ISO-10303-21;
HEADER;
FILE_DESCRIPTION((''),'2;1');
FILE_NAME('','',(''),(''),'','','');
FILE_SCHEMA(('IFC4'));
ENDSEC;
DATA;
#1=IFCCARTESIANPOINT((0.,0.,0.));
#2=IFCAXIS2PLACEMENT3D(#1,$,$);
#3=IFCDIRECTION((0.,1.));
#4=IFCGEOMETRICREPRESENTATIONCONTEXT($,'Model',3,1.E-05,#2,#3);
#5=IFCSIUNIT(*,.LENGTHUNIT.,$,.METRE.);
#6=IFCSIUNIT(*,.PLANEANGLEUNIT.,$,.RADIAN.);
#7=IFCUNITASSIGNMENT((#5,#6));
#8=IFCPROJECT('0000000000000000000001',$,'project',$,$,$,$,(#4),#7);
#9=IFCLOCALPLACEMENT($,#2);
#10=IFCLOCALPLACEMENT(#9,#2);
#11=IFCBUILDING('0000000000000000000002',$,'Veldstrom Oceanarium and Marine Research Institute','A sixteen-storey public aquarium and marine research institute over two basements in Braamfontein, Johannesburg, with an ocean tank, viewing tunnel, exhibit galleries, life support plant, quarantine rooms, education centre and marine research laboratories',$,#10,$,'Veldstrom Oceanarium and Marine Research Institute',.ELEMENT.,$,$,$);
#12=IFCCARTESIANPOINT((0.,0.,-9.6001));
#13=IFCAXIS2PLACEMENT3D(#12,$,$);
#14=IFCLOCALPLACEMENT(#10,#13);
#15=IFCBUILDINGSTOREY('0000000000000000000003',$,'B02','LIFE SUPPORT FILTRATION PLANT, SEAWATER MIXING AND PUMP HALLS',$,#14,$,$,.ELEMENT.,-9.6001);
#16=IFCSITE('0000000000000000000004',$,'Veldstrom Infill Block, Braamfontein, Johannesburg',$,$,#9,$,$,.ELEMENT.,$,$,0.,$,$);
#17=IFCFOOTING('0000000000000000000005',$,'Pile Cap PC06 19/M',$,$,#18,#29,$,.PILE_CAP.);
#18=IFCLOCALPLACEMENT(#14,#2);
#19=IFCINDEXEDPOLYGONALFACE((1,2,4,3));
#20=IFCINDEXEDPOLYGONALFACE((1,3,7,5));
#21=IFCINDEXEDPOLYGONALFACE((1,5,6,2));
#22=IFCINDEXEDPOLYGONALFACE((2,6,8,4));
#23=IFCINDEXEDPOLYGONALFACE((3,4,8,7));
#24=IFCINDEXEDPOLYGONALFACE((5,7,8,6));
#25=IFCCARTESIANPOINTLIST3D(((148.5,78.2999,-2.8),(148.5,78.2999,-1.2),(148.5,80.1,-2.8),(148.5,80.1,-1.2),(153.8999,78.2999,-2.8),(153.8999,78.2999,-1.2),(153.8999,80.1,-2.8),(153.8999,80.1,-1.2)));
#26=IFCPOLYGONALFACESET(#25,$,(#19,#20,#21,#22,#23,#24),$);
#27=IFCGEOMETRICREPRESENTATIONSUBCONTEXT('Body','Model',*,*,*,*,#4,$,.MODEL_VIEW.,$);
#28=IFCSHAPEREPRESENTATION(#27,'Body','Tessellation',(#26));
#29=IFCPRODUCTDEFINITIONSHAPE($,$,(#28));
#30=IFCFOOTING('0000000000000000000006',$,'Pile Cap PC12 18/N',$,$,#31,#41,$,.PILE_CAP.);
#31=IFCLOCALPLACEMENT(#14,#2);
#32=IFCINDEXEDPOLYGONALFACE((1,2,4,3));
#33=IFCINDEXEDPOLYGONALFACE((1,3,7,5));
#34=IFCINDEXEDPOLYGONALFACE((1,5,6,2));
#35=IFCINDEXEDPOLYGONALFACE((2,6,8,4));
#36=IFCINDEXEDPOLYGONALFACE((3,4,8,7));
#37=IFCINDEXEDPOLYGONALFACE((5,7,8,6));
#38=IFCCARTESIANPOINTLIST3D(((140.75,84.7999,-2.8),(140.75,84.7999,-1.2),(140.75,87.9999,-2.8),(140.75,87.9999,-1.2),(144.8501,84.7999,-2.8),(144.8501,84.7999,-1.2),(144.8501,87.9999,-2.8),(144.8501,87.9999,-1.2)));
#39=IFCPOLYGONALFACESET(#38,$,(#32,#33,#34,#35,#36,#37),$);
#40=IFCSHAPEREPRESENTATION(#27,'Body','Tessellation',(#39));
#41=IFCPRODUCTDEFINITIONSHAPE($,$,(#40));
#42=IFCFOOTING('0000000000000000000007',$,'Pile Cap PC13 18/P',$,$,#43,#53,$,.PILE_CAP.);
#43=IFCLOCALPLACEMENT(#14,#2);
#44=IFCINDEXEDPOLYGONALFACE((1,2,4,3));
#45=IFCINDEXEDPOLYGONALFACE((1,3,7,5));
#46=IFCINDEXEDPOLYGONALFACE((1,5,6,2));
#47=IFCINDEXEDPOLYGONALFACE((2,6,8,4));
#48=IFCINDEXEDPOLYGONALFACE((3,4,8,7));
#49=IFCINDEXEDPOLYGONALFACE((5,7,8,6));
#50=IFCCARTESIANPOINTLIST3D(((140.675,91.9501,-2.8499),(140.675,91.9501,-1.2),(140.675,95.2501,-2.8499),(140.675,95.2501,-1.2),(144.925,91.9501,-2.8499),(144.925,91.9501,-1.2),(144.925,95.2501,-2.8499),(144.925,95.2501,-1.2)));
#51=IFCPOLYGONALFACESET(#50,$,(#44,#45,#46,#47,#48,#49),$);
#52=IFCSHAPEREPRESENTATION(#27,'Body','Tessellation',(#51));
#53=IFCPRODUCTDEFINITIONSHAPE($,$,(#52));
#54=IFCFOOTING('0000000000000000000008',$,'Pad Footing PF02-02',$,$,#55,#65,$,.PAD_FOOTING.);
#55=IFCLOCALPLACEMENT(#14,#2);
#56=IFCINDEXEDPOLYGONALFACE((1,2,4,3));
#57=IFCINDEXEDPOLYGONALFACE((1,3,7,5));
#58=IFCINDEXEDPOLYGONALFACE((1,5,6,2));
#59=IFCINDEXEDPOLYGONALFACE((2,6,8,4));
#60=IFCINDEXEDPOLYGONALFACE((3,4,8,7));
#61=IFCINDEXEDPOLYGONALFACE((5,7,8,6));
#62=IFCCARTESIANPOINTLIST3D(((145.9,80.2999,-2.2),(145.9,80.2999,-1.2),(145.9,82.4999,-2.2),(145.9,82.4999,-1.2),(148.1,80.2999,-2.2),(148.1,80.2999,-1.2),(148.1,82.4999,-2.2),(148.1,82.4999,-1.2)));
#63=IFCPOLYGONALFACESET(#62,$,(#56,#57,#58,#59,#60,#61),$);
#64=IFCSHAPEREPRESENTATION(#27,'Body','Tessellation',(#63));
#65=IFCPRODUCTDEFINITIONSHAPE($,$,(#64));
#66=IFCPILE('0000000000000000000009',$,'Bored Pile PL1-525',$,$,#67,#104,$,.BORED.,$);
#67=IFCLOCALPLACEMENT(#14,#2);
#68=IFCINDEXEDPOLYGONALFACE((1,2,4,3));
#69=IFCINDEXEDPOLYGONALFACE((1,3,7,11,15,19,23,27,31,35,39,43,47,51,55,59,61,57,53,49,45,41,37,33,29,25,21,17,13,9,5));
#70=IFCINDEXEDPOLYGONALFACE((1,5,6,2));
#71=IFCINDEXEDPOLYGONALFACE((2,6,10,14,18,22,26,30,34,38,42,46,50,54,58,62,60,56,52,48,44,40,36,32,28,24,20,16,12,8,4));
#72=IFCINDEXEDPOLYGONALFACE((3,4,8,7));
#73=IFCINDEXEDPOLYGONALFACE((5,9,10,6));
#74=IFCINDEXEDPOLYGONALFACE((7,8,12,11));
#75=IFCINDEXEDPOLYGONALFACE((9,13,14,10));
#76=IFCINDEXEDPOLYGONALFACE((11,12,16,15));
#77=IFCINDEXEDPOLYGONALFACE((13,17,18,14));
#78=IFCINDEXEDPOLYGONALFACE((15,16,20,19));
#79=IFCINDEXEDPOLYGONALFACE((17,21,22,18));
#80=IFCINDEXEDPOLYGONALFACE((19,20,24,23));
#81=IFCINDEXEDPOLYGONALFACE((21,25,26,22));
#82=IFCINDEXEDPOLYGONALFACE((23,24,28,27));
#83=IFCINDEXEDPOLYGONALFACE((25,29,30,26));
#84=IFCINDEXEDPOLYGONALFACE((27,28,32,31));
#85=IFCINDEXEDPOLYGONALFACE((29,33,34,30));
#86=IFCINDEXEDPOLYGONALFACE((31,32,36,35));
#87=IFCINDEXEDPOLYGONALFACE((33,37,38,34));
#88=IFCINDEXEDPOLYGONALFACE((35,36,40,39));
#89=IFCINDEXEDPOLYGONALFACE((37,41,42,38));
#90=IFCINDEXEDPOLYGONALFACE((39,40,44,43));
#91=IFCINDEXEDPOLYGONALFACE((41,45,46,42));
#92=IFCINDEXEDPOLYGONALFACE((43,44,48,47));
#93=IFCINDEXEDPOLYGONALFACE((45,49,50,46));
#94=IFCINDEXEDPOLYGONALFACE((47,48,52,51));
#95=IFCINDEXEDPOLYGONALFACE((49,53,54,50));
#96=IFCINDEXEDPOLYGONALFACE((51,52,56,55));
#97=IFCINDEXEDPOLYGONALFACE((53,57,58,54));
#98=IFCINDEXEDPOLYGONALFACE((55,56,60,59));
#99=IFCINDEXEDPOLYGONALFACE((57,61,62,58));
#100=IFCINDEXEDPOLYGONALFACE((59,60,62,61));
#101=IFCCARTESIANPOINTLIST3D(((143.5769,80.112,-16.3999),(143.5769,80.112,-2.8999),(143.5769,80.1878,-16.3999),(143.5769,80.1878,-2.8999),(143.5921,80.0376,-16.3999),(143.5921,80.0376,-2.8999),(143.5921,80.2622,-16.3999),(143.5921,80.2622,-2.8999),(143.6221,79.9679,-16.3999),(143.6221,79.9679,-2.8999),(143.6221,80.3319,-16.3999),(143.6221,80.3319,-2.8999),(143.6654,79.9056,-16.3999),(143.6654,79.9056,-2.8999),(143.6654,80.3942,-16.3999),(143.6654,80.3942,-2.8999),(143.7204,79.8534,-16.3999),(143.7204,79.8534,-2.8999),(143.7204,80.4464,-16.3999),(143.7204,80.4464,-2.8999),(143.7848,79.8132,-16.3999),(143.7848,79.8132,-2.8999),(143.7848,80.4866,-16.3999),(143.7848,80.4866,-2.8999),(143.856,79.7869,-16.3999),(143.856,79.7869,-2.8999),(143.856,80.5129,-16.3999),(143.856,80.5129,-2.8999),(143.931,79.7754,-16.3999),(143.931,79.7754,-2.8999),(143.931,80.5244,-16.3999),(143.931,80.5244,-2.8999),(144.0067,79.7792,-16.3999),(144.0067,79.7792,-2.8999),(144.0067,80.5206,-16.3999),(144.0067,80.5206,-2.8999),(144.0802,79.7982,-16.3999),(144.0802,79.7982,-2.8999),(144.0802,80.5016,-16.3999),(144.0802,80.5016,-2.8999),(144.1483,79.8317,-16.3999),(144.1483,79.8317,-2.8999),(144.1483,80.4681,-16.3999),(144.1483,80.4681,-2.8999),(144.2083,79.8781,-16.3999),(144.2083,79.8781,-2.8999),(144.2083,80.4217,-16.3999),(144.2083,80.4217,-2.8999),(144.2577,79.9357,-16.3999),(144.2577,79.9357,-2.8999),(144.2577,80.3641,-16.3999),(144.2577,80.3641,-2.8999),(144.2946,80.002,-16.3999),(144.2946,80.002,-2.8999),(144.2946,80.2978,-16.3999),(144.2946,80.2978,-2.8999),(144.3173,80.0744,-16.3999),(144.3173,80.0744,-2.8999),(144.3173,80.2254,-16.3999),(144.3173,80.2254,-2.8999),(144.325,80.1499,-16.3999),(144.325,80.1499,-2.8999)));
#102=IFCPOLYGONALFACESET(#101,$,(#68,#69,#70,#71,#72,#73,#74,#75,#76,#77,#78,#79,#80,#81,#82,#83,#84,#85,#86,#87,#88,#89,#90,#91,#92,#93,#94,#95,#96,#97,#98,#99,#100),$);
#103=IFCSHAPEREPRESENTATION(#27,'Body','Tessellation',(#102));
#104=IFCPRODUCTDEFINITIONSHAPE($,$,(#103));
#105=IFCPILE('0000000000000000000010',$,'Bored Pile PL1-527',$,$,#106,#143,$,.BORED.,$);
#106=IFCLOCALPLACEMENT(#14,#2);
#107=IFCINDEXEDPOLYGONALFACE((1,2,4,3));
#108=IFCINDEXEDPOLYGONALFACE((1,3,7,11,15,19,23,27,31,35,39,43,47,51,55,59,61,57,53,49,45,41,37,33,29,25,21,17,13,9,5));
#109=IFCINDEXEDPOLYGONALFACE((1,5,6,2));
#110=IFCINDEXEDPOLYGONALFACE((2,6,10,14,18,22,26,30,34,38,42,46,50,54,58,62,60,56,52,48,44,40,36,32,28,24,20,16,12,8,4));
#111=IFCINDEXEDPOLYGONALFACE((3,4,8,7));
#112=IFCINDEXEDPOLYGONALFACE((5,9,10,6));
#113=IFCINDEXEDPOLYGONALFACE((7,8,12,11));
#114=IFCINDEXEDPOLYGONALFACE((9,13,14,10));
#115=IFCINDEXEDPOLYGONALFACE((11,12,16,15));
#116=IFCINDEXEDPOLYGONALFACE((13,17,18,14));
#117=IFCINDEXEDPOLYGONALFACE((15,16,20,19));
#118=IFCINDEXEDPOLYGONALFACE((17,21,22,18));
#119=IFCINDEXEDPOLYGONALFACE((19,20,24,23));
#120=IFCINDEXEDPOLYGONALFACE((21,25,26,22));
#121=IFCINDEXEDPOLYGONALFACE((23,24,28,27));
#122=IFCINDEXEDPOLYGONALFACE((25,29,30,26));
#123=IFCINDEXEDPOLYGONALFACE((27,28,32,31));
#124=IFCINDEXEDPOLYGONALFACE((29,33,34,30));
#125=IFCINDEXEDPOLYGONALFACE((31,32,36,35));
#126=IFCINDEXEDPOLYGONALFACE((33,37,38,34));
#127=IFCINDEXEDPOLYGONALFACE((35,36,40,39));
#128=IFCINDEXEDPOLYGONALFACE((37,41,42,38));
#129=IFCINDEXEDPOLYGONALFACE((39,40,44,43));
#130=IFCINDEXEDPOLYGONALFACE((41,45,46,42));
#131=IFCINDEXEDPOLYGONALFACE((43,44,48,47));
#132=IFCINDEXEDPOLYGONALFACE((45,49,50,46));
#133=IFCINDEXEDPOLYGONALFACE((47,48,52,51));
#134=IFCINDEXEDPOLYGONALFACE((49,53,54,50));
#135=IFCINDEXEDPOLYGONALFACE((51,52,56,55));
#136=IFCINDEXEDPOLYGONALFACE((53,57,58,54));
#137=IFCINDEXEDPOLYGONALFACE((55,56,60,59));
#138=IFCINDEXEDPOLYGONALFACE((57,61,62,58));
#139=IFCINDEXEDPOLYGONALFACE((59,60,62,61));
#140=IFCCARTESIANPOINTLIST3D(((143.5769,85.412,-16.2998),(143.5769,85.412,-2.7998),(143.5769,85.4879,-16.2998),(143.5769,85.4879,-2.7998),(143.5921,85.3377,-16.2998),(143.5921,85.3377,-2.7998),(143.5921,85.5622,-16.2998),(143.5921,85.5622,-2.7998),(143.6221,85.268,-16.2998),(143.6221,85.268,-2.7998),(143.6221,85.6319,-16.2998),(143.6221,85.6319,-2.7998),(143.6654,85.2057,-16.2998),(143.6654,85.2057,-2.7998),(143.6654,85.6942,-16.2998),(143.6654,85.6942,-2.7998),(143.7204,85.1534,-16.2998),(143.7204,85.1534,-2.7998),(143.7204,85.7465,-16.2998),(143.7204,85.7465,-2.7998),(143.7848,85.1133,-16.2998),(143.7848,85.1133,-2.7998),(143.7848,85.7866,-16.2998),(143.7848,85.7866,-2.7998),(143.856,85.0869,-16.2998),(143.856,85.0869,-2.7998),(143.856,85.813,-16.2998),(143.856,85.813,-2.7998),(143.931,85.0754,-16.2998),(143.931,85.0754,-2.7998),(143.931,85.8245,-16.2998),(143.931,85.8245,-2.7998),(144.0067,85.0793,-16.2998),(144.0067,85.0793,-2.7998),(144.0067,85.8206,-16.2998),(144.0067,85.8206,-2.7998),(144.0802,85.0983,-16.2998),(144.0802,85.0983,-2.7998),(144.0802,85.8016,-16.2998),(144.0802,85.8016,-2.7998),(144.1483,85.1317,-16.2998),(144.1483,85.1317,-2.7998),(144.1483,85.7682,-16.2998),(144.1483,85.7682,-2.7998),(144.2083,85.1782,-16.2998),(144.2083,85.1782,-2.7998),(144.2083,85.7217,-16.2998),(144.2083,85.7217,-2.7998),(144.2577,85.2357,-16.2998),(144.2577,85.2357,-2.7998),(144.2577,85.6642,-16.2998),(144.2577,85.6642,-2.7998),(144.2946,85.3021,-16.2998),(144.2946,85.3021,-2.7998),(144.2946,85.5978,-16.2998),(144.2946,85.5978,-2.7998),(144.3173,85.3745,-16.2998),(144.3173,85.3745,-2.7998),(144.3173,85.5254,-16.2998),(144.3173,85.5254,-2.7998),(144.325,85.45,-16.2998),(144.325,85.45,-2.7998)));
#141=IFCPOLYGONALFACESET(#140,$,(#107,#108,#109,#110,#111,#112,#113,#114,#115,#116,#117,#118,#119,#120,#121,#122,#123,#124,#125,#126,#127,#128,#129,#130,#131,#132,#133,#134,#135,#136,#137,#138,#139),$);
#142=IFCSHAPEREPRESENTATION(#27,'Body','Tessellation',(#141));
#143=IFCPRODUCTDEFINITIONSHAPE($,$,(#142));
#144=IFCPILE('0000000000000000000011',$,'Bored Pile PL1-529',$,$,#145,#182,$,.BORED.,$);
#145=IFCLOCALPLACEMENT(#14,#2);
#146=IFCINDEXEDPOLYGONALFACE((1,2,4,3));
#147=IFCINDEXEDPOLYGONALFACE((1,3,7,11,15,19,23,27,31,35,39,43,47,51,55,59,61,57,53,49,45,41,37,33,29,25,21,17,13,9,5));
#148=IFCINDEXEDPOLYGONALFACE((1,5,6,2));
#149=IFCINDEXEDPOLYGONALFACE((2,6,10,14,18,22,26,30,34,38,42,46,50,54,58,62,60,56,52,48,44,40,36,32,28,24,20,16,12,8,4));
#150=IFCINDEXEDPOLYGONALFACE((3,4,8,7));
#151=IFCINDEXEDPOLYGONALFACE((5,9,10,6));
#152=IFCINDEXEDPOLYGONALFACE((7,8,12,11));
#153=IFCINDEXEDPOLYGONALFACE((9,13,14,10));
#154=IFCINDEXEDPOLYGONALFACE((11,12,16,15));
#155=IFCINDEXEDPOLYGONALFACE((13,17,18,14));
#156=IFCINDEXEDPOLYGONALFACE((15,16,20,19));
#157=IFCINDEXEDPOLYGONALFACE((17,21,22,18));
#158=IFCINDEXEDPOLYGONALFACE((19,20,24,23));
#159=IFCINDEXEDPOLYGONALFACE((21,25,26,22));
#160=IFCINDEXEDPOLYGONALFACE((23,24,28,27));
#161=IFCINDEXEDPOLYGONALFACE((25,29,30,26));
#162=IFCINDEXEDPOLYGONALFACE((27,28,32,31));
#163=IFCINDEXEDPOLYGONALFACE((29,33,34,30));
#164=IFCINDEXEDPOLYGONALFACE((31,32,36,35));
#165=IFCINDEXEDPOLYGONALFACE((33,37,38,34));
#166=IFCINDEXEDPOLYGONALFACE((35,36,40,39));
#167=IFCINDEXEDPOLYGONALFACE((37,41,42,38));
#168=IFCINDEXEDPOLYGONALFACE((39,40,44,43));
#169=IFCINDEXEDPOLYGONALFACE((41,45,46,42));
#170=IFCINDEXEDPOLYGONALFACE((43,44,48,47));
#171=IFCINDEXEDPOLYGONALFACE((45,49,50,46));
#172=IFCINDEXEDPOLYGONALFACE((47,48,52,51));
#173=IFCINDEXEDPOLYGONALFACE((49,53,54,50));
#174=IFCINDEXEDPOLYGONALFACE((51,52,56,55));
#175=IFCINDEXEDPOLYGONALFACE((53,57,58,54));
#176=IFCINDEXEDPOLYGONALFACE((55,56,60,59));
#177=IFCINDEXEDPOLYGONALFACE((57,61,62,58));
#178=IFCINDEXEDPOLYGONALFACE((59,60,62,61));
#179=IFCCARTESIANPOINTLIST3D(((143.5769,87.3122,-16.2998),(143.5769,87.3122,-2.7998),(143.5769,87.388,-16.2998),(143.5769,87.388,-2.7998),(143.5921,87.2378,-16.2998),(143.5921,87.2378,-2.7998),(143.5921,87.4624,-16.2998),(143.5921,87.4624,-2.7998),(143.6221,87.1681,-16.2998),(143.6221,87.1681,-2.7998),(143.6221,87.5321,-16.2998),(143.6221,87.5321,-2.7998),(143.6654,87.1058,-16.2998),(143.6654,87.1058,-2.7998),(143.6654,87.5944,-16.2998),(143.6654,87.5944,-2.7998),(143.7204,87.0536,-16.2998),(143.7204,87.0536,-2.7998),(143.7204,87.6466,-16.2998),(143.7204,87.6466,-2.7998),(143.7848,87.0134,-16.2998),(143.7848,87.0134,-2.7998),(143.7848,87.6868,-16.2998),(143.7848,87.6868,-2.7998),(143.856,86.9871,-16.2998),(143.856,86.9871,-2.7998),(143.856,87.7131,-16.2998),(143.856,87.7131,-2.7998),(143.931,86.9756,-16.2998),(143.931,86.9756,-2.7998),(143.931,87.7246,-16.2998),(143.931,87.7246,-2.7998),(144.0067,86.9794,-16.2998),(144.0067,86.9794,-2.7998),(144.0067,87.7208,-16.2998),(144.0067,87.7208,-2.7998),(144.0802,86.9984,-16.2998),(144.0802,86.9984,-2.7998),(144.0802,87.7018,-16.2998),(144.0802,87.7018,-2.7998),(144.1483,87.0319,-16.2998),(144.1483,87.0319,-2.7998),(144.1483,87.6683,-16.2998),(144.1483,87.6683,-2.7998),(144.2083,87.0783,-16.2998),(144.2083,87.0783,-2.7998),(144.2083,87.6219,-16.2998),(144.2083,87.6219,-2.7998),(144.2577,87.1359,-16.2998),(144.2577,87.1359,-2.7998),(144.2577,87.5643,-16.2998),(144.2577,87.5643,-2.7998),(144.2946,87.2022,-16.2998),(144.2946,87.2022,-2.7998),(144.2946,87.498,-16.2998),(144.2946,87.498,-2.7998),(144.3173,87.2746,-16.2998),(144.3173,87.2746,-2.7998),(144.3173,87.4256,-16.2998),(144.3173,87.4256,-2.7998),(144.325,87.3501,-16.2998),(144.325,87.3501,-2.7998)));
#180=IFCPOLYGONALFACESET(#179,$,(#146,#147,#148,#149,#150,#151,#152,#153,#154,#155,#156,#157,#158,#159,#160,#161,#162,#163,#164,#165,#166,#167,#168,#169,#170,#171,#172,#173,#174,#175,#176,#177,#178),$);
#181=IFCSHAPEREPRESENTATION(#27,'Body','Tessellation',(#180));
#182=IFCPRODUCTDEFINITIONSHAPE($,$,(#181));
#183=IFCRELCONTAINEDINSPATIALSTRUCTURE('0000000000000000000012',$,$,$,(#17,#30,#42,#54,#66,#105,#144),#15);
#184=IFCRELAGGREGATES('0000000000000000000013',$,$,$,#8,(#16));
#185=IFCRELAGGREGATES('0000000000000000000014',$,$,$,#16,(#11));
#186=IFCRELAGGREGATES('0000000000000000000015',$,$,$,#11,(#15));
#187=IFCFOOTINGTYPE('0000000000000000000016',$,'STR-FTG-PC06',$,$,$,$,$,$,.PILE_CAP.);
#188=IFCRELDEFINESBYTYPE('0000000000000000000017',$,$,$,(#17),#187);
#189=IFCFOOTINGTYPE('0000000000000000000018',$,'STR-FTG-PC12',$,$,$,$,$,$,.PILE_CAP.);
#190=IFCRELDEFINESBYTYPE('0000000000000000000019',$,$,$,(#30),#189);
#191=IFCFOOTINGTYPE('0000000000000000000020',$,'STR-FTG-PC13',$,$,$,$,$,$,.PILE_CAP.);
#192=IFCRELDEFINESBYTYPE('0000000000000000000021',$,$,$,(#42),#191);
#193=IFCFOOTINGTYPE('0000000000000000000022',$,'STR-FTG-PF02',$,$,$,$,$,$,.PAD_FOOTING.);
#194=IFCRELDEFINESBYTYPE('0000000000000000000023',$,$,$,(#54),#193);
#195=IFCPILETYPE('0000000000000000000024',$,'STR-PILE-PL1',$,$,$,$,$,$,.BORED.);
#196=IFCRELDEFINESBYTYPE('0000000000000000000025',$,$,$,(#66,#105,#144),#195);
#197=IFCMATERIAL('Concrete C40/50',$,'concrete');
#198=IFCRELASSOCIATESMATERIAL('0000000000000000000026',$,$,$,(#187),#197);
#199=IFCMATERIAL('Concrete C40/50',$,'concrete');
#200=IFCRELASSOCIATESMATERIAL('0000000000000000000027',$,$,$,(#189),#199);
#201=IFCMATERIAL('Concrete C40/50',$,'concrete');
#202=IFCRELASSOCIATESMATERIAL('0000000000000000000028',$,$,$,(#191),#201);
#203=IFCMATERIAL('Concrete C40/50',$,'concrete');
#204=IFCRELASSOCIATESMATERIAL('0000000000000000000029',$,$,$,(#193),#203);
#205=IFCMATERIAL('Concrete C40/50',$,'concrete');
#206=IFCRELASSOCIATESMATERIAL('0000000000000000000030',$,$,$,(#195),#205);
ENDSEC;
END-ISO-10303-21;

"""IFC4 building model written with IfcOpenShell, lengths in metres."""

from ifc_helpers import new_model, si_unit, direction, frame, origin, origin_2d, place, context, subcontext, project, spatial, rectangle, circle, extrude, material, material_profile, profile_set, type_object, element, save


model = new_model("IFC4")

# Units and contexts
model_context = context("Model", 3, precision=1e-05, world=origin(), true_north=direction((0.0, 1.0)))
body_context = subcontext(model_context, "Body", "Model", "MODEL_VIEW")
ifc_project = project(units=[si_unit("LENGTHUNIT", "METRE"), si_unit("PLANEANGLEUNIT", "RADIAN")], contexts=[model_context])

# Site, building, storey
site_placement = place(None, origin())
site = spatial("IfcSite", under=ifc_project, at=site_placement, Name="Veldstrom Infill Block, Braamfontein, Johannesburg", CompositionType="ELEMENT", RefElevation=0.0)
building_placement = place(site_placement, origin())
building = spatial("IfcBuilding", under=site, at=building_placement, Name="Veldstrom Oceanarium and Marine Research Institute", Description="A sixteen-storey public aquarium and marine research institute over two basements in Braamfontein, Johannesburg, with an ocean tank, viewing tunnel, exhibit galleries, life support plant, quarantine rooms, education centre and marine research laboratories", LongName="Veldstrom Oceanarium and Marine Research Institute", CompositionType="ELEMENT")
storey_placement = place(building_placement, frame((0.0, 0.0, -9.6001)))
storey = spatial("IfcBuildingStorey", under=building, at=storey_placement, Name="B02", Description="LIFE SUPPORT FILTRATION PLANT, SEAWATER MIXING AND PUMP HALLS", CompositionType="ELEMENT", Elevation=-9.6001)

# Footings
ifc_material_1 = material(Name="Concrete C40/50", Category="concrete")
footing_type_1 = type_object("IfcFootingType", Name="STR-FTG-PC06", PredefinedType="PILE_CAP", material=ifc_material_1)
footing_1_placement = place(storey_placement, frame((151.2, 79.2, -2.8), z_axis=(0.0, 0.0, 1.0), x_axis=(1.0, 0.0, 0.0)))
element("IfcFooting", 1, at=footing_1_placement, inside=storey, type_object=footing_type_1, Name="Pile Cap PC06 19/M", PredefinedType="PILE_CAP", context=body_context, shape_type="SweptSolid", body=[
    extrude(rectangle(XDim=5.3999, YDim=1.8, at=origin_2d()), origin(), (0.0, 0.0, 1.0), 1.6001),
])
ifc_material_2 = material(Name="Concrete C40/50", Category="concrete")
footing_type_2 = type_object("IfcFootingType", Name="STR-FTG-PC12", PredefinedType="PILE_CAP", material=ifc_material_2)
footing_2_placement = place(storey_placement, frame((142.8, 86.3999, -2.8), z_axis=(0.0, 0.0, 1.0), x_axis=(1.0, 0.0, 0.0)))
element("IfcFooting", 2, at=footing_2_placement, inside=storey, type_object=footing_type_2, Name="Pile Cap PC12 18/N", PredefinedType="PILE_CAP", context=body_context, shape_type="SweptSolid", body=[
    extrude(rectangle(XDim=4.1001, YDim=3.2, at=origin_2d()), origin(), (0.0, 0.0, 1.0), 1.6001),
])
ifc_material_3 = material(Name="Concrete C40/50", Category="concrete")
footing_type_3 = type_object("IfcFootingType", Name="STR-FTG-PC13", PredefinedType="PILE_CAP", material=ifc_material_3)
footing_3_placement = place(storey_placement, frame((142.8, 93.6001, -2.8499), z_axis=(0.0, 0.0, 1.0), x_axis=(1.0, 0.0, 0.0)))
element("IfcFooting", 3, at=footing_3_placement, inside=storey, type_object=footing_type_3, Name="Pile Cap PC13 18/P", PredefinedType="PILE_CAP", context=body_context, shape_type="SweptSolid", body=[
    extrude(rectangle(XDim=4.25, YDim=3.3, at=origin_2d()), origin(), (0.0, 0.0, 1.0), 1.6499),
])
ifc_material_4 = material(Name="Concrete C40/50", Category="concrete")
footing_type_4 = type_object("IfcFootingType", Name="STR-FTG-PF02", PredefinedType="PAD_FOOTING", material=ifc_material_4)
footing_4_placement = place(storey_placement, frame((147.0, 81.3999, -2.2), z_axis=(0.0, 0.0, 1.0), x_axis=(1.0, 0.0, 0.0)))
element("IfcFooting", 4, at=footing_4_placement, inside=storey, type_object=footing_type_4, Name="Pad Footing PF02-02", PredefinedType="PAD_FOOTING", context=body_context, shape_type="SweptSolid", body=[
    extrude(rectangle(XDim=2.2, YDim=2.2, at=origin_2d()), origin(), (0.0, 0.0, 1.0), 1.0),
])

# Piles
ifc_material_5 = material(Name="Concrete C40/50", Category="concrete")
ifc_material_profile_1 = material_profile(ifc_material_5, circle(Radius=0.375, at=origin_2d()), Name="PILE-D750")
ifc_profile_set_1 = profile_set([ifc_material_profile_1], Name="Concrete C40/50")
pile_type = type_object("IfcPileType", Name="STR-PILE-PL1", PredefinedType="BORED", material=ifc_profile_set_1)
for number, where, z_axis, x_axis, name in (
    (5, (143.95, 80.1499, -2.8999), (0.0, 0.0, -1.0), (1.0, 0.0, 0.0), "Bored Pile PL1-525"),
    (6, (143.95, 85.45, -2.7998), (0.0, 0.0, -1.0), (1.0, 0.0, 0.0), "Bored Pile PL1-527"),
    (7, (143.95, 87.3501, -2.7998), (0.0, 0.0, -1.0), (1.0, 0.0, 0.0), "Bored Pile PL1-529"),
):
    element("IfcPile", number, at=place(storey_placement, frame(where, z_axis=z_axis, x_axis=x_axis)), inside=storey, type_object=pile_type, Name=name, PredefinedType="BORED", context=body_context, shape_type="SweptSolid", body=[
        extrude(circle(Radius=0.375, at=origin_2d()), origin(), (0.0, 0.0, 1.0), 13.5),
    ])

save(model, "model.ifc")
